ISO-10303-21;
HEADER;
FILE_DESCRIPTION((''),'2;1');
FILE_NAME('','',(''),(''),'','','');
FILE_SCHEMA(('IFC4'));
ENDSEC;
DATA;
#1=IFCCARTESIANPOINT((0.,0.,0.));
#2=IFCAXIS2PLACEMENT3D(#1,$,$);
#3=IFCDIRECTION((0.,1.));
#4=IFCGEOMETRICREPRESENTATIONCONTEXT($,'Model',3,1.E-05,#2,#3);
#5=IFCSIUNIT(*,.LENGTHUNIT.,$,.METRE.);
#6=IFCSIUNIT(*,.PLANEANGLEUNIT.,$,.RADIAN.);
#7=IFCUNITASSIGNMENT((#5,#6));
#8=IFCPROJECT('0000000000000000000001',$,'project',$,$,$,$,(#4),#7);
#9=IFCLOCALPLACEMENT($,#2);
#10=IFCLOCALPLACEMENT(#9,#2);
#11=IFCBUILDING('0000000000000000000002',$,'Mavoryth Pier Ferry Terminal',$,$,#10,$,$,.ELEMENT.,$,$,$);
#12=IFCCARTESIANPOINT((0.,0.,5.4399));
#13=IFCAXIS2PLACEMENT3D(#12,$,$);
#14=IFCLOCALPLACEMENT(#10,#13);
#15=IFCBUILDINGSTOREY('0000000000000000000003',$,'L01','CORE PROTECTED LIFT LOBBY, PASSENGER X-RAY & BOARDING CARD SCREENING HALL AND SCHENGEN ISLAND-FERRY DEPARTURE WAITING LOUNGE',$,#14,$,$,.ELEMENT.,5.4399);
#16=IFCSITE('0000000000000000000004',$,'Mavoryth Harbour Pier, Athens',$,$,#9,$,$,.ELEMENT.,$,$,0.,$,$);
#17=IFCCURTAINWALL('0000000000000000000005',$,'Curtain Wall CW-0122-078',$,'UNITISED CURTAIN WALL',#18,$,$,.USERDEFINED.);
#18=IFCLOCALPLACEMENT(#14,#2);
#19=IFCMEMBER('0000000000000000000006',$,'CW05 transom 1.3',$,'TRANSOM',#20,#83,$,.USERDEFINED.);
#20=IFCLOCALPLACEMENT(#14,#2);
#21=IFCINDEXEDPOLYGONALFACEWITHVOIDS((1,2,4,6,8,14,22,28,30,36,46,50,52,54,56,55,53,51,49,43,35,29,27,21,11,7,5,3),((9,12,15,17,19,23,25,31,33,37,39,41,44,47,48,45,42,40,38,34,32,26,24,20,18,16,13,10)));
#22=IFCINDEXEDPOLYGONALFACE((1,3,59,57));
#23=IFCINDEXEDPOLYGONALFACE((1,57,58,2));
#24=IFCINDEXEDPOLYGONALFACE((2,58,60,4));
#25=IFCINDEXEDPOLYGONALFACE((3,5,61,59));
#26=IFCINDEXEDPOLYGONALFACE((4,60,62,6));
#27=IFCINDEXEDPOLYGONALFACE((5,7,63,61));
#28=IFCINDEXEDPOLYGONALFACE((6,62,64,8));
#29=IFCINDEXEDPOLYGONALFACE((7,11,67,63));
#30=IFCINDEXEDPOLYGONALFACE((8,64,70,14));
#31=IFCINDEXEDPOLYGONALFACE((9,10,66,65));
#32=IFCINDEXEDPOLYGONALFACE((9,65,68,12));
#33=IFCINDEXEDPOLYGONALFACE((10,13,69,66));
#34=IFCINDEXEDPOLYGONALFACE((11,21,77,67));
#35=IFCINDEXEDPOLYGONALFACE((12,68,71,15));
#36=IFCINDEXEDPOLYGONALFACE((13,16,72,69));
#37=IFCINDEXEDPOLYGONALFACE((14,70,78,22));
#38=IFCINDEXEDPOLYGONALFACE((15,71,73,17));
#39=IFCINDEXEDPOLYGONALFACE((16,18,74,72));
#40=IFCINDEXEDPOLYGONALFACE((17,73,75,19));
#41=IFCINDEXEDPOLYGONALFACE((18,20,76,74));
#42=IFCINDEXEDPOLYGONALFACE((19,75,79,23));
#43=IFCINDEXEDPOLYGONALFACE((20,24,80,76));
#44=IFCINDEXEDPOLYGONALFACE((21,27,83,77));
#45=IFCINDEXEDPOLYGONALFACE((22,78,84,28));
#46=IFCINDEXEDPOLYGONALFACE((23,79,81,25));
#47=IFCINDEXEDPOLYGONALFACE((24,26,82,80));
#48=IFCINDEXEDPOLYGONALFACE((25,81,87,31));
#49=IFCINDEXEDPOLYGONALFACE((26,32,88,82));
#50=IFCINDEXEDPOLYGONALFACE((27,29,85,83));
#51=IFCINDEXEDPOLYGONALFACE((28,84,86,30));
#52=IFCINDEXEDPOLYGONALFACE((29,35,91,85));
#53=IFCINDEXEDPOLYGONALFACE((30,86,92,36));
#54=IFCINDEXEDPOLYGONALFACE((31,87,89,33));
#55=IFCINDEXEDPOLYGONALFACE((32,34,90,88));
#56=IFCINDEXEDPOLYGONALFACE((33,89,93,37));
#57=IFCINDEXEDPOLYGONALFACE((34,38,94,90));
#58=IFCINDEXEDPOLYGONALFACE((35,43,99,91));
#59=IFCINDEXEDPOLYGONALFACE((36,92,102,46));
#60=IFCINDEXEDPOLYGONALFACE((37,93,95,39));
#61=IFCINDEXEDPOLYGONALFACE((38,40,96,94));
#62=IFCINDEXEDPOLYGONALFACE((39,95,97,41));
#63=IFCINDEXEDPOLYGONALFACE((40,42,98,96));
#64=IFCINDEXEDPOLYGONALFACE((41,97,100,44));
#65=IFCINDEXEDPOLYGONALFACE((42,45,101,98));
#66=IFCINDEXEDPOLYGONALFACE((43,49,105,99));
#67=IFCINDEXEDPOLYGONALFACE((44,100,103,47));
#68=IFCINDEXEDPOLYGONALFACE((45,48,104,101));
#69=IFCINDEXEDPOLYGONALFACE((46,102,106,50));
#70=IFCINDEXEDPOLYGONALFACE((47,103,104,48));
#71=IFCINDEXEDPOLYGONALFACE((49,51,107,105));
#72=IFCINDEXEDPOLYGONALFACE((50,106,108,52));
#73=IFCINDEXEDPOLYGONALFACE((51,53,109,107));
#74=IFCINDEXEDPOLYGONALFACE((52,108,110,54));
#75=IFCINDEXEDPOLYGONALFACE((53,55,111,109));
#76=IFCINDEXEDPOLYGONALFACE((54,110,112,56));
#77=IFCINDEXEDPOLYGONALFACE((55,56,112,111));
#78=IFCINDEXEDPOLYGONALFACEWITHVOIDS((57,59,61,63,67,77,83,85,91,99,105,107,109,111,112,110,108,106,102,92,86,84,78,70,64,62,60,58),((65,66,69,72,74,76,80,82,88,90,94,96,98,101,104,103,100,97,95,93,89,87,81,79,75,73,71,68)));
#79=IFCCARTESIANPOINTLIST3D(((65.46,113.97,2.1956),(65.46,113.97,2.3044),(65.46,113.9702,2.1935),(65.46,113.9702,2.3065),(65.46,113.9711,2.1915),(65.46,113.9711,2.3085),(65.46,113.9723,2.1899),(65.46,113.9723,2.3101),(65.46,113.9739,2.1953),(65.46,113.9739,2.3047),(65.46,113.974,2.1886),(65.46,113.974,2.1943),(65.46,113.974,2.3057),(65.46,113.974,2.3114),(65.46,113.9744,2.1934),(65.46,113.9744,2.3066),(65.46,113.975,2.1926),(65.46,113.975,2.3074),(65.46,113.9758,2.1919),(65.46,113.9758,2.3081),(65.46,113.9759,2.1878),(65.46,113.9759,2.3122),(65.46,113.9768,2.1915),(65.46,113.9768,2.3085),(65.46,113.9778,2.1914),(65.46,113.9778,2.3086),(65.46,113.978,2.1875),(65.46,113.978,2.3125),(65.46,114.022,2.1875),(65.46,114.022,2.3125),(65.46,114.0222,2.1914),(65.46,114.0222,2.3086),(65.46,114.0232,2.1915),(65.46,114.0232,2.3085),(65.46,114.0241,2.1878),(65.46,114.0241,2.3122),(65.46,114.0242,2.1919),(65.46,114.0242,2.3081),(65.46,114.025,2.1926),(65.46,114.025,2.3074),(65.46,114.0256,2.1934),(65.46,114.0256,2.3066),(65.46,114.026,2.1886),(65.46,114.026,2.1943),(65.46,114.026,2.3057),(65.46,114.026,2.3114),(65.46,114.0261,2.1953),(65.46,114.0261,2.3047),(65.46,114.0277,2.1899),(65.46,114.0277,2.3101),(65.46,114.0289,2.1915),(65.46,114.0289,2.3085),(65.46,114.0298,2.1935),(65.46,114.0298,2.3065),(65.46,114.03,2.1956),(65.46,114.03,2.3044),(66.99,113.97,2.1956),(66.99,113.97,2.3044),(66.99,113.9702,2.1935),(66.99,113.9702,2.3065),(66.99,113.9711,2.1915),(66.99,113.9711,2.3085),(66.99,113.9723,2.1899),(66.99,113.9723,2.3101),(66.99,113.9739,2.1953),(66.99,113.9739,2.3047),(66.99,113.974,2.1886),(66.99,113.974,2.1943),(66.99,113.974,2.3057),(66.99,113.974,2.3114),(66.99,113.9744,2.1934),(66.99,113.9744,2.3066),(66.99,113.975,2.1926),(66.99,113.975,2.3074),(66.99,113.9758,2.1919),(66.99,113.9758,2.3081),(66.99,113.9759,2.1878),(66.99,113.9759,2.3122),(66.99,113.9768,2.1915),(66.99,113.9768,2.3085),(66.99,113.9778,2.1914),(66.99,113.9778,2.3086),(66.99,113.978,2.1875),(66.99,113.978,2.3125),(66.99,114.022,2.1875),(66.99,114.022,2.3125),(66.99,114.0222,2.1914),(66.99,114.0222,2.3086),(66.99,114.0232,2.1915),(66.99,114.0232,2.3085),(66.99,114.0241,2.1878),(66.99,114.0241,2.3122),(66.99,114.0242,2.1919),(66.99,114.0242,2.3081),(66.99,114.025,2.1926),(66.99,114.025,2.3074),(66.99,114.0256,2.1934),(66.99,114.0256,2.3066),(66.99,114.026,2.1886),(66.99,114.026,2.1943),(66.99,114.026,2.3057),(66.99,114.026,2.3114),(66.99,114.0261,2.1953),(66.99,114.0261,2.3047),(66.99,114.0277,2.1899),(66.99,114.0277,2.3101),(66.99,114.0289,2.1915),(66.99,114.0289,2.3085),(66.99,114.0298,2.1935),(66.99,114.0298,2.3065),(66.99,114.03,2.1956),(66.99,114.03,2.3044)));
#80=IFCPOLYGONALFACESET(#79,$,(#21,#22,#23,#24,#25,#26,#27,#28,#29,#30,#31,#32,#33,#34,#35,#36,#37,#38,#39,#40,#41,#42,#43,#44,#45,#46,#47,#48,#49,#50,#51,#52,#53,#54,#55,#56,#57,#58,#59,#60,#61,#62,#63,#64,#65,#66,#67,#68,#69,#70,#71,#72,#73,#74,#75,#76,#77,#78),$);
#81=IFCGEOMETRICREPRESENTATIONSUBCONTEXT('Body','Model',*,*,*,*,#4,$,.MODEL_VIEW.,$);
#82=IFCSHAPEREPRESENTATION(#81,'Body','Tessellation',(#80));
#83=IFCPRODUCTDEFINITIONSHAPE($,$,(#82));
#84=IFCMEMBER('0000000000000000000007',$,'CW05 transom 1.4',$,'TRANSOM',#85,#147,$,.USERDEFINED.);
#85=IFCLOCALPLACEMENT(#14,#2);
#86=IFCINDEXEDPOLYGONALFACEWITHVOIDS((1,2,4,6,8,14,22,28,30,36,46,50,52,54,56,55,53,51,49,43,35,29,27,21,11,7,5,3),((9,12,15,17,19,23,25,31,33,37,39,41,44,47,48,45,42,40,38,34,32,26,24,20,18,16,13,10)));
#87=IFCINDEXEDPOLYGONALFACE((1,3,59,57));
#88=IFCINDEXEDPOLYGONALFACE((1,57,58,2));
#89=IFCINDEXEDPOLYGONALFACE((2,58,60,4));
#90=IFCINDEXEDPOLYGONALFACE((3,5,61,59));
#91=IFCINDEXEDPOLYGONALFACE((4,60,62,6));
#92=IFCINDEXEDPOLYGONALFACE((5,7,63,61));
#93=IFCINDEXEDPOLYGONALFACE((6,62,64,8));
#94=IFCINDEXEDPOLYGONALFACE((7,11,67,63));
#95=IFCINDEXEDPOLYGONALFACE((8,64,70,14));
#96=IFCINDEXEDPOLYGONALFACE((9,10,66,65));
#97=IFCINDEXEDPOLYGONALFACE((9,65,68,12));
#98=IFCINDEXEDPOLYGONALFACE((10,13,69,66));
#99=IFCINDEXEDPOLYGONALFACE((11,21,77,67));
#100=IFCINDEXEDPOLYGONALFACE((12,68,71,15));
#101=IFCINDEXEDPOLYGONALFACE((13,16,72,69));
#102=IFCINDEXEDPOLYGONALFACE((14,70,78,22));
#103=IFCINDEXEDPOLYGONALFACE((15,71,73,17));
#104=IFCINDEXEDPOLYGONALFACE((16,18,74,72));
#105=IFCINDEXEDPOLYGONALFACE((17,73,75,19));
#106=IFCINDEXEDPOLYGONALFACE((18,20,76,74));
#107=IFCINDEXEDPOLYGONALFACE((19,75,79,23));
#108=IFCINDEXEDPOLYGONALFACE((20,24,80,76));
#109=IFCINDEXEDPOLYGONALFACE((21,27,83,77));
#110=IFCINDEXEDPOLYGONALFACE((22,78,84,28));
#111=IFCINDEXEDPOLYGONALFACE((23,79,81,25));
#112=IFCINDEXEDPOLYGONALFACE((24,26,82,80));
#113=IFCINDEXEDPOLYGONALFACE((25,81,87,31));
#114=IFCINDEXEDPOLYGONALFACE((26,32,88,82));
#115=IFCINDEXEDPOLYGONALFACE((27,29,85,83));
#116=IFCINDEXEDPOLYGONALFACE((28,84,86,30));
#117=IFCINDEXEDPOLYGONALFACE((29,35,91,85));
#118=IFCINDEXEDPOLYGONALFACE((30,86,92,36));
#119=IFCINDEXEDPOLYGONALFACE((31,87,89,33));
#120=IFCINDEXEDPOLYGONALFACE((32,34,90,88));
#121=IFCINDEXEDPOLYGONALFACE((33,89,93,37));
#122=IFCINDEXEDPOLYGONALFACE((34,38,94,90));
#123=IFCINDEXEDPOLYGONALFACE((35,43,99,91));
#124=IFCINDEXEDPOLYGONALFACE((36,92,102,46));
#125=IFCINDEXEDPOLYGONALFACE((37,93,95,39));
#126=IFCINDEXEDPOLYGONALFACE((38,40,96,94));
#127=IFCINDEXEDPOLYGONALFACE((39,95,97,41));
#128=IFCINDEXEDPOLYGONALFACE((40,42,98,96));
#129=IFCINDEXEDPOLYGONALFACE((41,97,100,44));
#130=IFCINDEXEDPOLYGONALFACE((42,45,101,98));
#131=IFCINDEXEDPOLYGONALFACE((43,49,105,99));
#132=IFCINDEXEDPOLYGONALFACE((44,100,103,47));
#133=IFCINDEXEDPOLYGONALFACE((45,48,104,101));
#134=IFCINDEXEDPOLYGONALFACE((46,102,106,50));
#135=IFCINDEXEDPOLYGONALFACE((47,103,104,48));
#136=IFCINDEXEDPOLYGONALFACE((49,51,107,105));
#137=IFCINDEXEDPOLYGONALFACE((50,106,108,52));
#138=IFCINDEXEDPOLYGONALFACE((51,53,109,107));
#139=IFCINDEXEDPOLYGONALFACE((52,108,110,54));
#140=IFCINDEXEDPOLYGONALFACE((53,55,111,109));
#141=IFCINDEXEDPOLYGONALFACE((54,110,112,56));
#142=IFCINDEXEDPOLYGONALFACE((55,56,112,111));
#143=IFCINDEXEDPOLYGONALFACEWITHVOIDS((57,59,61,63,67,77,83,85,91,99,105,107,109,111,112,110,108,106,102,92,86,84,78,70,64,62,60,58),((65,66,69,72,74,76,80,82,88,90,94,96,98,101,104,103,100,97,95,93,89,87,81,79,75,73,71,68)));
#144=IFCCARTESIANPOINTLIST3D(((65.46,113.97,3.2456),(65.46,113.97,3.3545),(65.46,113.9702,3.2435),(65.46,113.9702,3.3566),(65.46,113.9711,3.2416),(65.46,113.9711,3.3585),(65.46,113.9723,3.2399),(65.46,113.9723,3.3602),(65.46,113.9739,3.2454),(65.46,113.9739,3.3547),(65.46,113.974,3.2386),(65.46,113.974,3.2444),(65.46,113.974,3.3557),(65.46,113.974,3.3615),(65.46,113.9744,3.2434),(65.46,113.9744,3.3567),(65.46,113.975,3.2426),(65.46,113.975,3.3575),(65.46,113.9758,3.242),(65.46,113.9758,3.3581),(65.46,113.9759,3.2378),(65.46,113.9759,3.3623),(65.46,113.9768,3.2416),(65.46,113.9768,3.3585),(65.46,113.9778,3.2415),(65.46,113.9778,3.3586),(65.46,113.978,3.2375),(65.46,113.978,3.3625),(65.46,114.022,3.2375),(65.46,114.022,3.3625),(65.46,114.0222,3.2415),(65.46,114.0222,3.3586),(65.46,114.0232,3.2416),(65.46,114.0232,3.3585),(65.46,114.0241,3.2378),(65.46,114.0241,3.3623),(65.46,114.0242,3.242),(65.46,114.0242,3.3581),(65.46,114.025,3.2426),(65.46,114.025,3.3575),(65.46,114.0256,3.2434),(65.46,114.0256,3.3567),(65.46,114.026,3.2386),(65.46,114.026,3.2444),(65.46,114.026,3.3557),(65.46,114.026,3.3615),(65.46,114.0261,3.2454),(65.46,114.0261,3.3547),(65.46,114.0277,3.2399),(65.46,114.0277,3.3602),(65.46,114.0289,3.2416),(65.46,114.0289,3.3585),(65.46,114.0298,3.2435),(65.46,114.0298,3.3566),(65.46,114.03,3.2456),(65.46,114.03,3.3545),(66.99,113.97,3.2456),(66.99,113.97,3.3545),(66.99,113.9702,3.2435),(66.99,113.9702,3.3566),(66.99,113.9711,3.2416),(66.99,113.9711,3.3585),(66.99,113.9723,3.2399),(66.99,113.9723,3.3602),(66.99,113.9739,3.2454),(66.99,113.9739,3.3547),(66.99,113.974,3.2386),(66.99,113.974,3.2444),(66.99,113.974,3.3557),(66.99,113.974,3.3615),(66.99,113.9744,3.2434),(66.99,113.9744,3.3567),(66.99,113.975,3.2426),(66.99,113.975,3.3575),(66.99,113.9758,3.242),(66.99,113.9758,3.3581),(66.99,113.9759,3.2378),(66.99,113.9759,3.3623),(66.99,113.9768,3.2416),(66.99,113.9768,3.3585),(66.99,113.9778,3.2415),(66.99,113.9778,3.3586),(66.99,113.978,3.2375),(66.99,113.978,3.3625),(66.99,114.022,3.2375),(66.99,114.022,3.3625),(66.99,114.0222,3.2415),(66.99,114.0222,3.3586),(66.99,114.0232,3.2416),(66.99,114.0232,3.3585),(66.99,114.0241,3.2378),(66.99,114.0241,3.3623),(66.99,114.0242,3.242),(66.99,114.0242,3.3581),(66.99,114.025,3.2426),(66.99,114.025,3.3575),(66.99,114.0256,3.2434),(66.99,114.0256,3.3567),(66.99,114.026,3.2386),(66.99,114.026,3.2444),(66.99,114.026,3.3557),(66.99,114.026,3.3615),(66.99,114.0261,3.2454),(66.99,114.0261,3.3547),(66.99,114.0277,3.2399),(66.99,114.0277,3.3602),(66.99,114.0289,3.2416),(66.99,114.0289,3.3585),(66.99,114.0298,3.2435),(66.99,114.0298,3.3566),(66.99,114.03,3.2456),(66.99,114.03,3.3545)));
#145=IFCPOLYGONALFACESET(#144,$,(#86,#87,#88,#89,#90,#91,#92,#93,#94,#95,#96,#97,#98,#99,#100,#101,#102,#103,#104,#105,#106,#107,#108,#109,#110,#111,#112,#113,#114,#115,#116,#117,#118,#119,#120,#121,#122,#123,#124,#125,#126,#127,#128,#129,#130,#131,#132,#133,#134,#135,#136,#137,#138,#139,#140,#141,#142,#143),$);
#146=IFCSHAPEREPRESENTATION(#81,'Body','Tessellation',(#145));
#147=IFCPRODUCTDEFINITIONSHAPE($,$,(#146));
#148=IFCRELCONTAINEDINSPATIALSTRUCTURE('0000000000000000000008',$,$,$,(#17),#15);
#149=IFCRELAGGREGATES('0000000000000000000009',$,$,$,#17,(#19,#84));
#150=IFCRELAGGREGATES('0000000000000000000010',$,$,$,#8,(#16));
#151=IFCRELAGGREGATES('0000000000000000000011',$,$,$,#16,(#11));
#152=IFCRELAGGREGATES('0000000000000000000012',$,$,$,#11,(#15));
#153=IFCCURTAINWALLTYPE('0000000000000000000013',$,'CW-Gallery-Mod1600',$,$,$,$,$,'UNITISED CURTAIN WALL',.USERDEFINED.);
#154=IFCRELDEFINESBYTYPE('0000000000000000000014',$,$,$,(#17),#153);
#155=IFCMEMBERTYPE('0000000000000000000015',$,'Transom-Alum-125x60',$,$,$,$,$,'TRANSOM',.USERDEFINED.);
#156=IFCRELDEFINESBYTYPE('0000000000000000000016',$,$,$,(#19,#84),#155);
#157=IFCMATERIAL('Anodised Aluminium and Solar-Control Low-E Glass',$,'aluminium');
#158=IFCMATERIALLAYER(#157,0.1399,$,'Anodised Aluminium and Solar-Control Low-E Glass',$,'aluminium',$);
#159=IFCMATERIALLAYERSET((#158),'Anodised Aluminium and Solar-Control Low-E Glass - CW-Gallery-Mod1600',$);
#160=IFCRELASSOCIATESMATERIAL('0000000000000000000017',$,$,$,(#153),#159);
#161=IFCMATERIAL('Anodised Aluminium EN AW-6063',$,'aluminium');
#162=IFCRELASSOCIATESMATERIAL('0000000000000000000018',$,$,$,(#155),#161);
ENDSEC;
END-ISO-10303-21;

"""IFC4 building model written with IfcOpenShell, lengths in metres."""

from ifc_helpers import new_model, si_unit, direction, frame, origin, origin_2d, place, context, subcontext, project, spatial, hollow_rectangle, extrude, material, layer, layer_set, material_profile, profile_set, type_object, element, aggregate, save


model = new_model("IFC4")

# Units and contexts
model_context = context("Model", 3, precision=1e-05, world=origin(), true_north=direction((0.0, 1.0)))
body_context = subcontext(model_context, "Body", "Model", "MODEL_VIEW")
ifc_project = project(units=[si_unit("LENGTHUNIT", "METRE"), si_unit("PLANEANGLEUNIT", "RADIAN")], contexts=[model_context])

# Site, building, storey
site_placement = place(None, origin())
site = spatial("IfcSite", under=ifc_project, at=site_placement, Name="Mavoryth Harbour Pier, Athens", CompositionType="ELEMENT", RefElevation=0.0)
building_placement = place(site_placement, origin())
building = spatial("IfcBuilding", under=site, at=building_placement, Name="Mavoryth Pier Ferry Terminal", CompositionType="ELEMENT")
storey_placement = place(building_placement, frame((0.0, 0.0, 5.4399)))
storey = spatial("IfcBuildingStorey", under=building, at=storey_placement, Name="L01", Description="CORE PROTECTED LIFT LOBBY, PASSENGER X-RAY & BOARDING CARD SCREENING HALL AND SCHENGEN ISLAND-FERRY DEPARTURE WAITING LOUNGE", CompositionType="ELEMENT", Elevation=5.4399)

# Curtain wall
ifc_material_1 = material(Name="Anodised Aluminium and Solar-Control Low-E Glass", Category="aluminium")
ifc_layer_1 = layer(ifc_material_1, 0.1399, Name="Anodised Aluminium and Solar-Control Low-E Glass", Category="aluminium")
ifc_layer_set_1 = layer_set([ifc_layer_1], Name="Anodised Aluminium and Solar-Control Low-E Glass - CW-Gallery-Mod1600")
curtain_wall_type = type_object("IfcCurtainWallType", Name="CW-Gallery-Mod1600", ElementType="UNITISED CURTAIN WALL", PredefinedType="USERDEFINED", material=ifc_layer_set_1)
curtain_wall_placement = place(storey_placement, origin())
curtain_wall = element("IfcCurtainWall", 1, at=curtain_wall_placement, inside=storey, type_object=curtain_wall_type, Name="Curtain Wall CW-0122-078", ObjectType="UNITISED CURTAIN WALL", PredefinedType="USERDEFINED")
ifc_material_2 = material(Name="Anodised Aluminium EN AW-6063", Category="aluminium")

# Members
ifc_material_profile_1 = material_profile(ifc_material_2, hollow_rectangle(XDim=0.0601, YDim=0.125, WallThickness=0.0039, InnerFilletRadius=0.0039, OuterFilletRadius=0.0081, at=origin_2d()), Name="AL-TRAN 125x60x4", Category="aluminium")
ifc_profile_set_1 = profile_set([ifc_material_profile_1], Name="Anodised Aluminium EN AW-6063 - AL-TRAN 125x60x4")
member_type_1 = type_object("IfcMemberType", Name="Transom-Alum-125x60", ElementType="TRANSOM", PredefinedType="USERDEFINED", material=ifc_profile_set_1)
member_1_placement = place(storey_placement, frame((66.99, 114.0, 2.25), z_axis=(-1.0, 0.0, 0.0), x_axis=(0.0, -1.0, 0.0)))
member_1 = element("IfcMember", 2, at=member_1_placement, type_object=member_type_1, Name="CW05 transom 1.3", ObjectType="TRANSOM", PredefinedType="USERDEFINED", context=body_context, shape_type="SweptSolid", body=[
    extrude(hollow_rectangle(XDim=0.0601, YDim=0.125, WallThickness=0.0039, InnerFilletRadius=0.0039, OuterFilletRadius=0.0081, at=origin_2d()), origin(), (0.0, 0.0, 1.0), 1.53),
])
member_2_placement = place(storey_placement, frame((66.99, 114.0, 3.3), z_axis=(-1.0, 0.0, 0.0), x_axis=(0.0, -1.0, 0.0)))
member_2 = element("IfcMember", 3, at=member_2_placement, type_object=member_type_1, Name="CW05 transom 1.4", ObjectType="TRANSOM", PredefinedType="USERDEFINED", context=body_context, shape_type="SweptSolid", body=[
    extrude(hollow_rectangle(XDim=0.0601, YDim=0.125, WallThickness=0.0039, InnerFilletRadius=0.0039, OuterFilletRadius=0.0081, at=origin_2d()), origin(), (0.0, 0.0, 1.0), 1.53),
])

aggregate(curtain_wall, [member_1, member_2])

save(model, "model.ifc")
